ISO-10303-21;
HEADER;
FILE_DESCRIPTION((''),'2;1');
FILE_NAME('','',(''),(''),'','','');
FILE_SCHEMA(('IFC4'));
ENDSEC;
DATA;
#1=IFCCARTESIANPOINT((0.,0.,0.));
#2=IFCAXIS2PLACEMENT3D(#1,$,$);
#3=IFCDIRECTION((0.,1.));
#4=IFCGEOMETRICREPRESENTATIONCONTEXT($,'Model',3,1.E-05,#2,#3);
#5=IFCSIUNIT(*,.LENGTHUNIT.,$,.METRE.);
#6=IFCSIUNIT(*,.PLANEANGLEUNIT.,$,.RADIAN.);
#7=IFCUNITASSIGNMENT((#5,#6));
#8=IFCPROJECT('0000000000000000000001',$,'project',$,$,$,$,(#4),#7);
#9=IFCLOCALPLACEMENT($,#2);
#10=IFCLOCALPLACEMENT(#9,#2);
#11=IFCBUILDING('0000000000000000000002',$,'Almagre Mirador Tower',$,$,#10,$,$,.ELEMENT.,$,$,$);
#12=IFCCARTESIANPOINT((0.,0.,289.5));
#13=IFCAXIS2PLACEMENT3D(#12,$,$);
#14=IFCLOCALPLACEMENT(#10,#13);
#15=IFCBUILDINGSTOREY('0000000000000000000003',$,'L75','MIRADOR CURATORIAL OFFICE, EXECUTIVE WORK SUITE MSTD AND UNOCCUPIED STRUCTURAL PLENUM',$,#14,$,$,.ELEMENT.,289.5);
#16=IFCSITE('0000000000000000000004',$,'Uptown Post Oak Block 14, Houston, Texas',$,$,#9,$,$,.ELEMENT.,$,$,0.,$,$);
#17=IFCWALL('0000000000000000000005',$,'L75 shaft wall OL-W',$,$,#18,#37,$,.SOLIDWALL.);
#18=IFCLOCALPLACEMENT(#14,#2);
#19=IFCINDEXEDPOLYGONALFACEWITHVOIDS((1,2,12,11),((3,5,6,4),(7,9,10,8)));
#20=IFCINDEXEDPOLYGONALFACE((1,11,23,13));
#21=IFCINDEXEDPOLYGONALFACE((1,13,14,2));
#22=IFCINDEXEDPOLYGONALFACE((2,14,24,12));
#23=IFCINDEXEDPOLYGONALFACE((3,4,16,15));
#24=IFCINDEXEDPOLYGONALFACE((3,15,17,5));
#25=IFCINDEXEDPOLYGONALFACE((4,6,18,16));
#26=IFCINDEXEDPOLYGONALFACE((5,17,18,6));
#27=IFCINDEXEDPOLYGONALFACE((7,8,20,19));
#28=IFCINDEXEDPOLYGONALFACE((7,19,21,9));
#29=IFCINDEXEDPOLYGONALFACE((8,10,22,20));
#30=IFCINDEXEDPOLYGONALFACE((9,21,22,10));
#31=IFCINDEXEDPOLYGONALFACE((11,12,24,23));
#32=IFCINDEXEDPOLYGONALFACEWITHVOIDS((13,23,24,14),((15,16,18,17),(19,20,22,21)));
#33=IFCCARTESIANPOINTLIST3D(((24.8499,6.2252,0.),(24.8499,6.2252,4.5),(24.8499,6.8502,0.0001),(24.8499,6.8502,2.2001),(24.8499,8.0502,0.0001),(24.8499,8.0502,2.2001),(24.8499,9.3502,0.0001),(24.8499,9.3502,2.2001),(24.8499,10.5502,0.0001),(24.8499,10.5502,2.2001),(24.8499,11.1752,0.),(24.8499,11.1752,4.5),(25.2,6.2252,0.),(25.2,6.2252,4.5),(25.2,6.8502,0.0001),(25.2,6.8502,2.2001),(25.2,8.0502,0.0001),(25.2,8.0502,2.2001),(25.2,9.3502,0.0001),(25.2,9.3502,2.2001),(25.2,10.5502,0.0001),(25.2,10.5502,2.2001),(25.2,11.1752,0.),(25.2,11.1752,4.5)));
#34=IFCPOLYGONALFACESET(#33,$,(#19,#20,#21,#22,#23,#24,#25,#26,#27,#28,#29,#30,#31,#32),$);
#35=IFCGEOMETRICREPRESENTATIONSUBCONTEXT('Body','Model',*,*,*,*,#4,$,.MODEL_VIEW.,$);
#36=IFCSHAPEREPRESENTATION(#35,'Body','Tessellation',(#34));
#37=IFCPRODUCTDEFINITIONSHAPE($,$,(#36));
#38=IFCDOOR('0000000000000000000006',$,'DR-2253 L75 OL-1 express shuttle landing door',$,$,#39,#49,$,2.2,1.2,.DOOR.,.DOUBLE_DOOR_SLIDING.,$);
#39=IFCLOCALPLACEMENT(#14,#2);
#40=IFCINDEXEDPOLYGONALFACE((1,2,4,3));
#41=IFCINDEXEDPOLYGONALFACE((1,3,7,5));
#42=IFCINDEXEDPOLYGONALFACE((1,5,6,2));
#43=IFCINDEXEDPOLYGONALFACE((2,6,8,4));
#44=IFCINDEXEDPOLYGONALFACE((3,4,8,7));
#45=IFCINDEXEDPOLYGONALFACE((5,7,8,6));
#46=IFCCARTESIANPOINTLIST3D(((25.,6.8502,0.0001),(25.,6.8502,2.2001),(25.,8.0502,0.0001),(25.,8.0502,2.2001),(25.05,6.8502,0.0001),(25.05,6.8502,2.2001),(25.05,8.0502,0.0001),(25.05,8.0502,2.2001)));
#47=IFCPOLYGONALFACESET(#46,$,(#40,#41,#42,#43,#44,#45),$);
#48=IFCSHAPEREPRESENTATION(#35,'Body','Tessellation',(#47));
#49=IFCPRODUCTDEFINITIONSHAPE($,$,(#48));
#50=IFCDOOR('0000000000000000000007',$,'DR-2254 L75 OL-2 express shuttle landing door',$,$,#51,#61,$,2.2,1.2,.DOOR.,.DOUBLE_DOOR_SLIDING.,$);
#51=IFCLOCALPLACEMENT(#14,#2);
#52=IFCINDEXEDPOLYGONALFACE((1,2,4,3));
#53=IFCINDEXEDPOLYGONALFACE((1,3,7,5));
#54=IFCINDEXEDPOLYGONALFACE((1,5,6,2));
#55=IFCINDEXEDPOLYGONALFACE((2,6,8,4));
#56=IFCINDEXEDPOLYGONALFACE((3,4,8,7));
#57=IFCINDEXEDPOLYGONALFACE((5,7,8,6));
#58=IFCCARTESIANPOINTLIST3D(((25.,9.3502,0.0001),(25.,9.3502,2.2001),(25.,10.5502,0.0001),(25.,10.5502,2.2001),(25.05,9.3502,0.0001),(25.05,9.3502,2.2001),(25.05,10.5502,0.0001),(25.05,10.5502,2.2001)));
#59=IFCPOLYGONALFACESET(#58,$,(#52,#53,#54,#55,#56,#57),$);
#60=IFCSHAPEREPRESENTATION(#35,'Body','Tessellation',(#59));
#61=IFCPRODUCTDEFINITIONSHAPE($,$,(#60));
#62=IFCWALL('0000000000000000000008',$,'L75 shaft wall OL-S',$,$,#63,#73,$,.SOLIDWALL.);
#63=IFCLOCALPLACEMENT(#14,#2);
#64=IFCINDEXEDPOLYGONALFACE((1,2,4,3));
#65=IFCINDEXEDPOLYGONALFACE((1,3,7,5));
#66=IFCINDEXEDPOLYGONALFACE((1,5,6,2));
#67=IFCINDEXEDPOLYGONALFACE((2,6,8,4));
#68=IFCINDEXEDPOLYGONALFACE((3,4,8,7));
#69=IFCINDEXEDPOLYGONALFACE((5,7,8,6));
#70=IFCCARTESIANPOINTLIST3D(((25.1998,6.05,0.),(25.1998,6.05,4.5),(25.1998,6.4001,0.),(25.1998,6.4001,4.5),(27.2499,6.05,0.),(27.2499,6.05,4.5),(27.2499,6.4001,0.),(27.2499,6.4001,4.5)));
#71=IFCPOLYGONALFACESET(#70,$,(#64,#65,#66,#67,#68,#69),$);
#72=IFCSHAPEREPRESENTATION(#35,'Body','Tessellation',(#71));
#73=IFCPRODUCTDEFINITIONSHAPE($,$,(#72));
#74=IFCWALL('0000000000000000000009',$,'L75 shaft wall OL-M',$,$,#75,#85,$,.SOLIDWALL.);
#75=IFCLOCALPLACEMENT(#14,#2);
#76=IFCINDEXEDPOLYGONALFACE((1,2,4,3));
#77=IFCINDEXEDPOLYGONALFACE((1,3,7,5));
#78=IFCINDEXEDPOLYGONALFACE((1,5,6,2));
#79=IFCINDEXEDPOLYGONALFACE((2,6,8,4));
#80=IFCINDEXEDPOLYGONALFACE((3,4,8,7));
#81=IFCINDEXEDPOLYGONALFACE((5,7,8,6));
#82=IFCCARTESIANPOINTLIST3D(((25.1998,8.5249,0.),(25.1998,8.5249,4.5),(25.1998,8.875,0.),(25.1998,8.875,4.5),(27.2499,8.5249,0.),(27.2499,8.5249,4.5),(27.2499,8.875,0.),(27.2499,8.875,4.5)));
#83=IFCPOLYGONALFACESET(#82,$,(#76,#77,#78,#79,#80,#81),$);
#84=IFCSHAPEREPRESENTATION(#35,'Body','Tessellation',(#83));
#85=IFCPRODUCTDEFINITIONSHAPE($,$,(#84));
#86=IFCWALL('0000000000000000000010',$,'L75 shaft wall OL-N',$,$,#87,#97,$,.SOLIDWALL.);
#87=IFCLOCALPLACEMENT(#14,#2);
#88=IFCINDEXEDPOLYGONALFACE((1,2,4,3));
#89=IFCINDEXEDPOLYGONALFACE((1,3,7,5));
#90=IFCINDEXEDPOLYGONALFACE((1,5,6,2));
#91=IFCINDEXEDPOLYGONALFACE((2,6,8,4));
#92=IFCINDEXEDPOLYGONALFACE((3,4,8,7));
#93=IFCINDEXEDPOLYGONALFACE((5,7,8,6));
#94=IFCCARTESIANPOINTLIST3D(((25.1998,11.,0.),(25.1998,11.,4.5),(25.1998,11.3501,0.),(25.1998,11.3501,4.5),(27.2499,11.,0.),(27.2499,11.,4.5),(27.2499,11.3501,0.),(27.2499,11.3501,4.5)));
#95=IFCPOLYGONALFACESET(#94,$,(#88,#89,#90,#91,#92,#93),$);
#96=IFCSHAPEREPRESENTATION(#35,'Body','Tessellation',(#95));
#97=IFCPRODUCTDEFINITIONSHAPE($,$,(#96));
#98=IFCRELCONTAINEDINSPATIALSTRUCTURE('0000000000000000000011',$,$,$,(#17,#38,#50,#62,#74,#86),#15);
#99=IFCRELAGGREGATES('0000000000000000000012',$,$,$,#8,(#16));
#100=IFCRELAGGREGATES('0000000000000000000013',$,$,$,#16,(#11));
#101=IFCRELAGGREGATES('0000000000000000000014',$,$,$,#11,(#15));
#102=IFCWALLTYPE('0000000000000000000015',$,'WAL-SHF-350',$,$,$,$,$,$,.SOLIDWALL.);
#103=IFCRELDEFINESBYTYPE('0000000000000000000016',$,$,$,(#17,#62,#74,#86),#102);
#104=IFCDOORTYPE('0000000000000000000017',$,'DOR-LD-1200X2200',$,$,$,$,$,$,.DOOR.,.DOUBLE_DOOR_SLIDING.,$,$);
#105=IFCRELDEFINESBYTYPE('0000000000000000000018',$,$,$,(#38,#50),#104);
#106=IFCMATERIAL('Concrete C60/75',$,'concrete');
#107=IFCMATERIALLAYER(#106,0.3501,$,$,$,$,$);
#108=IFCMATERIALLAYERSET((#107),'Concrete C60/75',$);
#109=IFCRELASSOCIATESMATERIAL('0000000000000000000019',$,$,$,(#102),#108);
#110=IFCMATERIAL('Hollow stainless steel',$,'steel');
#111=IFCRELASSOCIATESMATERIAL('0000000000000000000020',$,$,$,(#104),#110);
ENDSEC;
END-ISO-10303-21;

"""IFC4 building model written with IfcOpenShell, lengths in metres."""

from ifc_helpers import new_model, si_unit, direction, frame, frame_2d, origin, place, context, subcontext, project, spatial, rectangle, extrude, material, layer, layer_set, type_object, element, fill, save


model = new_model("IFC4")

# Units and contexts
model_context = context("Model", 3, precision=1e-05, world=origin(), true_north=direction((0.0, 1.0)))
body_context = subcontext(model_context, "Body", "Model", "MODEL_VIEW")
ifc_project = project(units=[si_unit("LENGTHUNIT", "METRE"), si_unit("PLANEANGLEUNIT", "RADIAN")], contexts=[model_context])

# Site, building, storey
site_placement = place(None, origin())
site = spatial("IfcSite", under=ifc_project, at=site_placement, Name="Uptown Post Oak Block 14, Houston, Texas", CompositionType="ELEMENT", RefElevation=0.0)
building_placement = place(site_placement, origin())
building = spatial("IfcBuilding", under=site, at=building_placement, Name="Almagre Mirador Tower", CompositionType="ELEMENT")
storey_placement = place(building_placement, frame((0.0, 0.0, 289.5)))
storey = spatial("IfcBuildingStorey", under=building, at=storey_placement, Name="L75", Description="MIRADOR CURATORIAL OFFICE, EXECUTIVE WORK SUITE MSTD AND UNOCCUPIED STRUCTURAL PLENUM", CompositionType="ELEMENT", Elevation=289.5)

# Wall, openings, doors
ifc_material_1 = material(Name="Concrete C60/75", Category="concrete")
ifc_layer_1 = layer(ifc_material_1, 0.3501)
ifc_layer_set_1 = layer_set([ifc_layer_1], Name="Concrete C60/75")
wall_type_1 = type_object("IfcWallType", Name="WAL-SHF-350", PredefinedType="SOLIDWALL", material=ifc_layer_set_1)
wall_1_placement = place(storey_placement, frame((25.0249, 6.2251, 0.0), z_axis=(0.0, 0.0, 1.0), x_axis=(0.0, 1.0, 0.0)))
wall_1 = element("IfcWall", 1, at=wall_1_placement, inside=storey, type_object=wall_type_1, Name="L75 shaft wall OL-W", PredefinedType="SOLIDWALL", context=body_context, shape_type="SweptSolid", body=[
    extrude(rectangle(XDim=4.95, YDim=0.3501, at=frame_2d((2.4751, 0.0))), origin(), (0.0, 0.0, 1.0), 4.5),
])
opening_1_placement = place(wall_1_placement, frame((0.625, 0.0, 0.0)))
opening_1 = element("IfcOpeningElement", 2, at=opening_1_placement, cuts=wall_1, PredefinedType="OPENING", context=body_context, shape_type="SweptSolid", body=[
    extrude(rectangle(XDim=1.2, YDim=2.2, at=frame_2d((0.6001, 1.1001))), frame((0.0, 0.185, 0.0), z_axis=(0.0, -1.0, 0.0), x_axis=(1.0, 0.0, 0.0)), (0.0, 0.0, 1.0), 0.3701),
])
opening_2_placement = place(wall_1_placement, frame((3.125, 0.0, 0.0)))
opening_2 = element("IfcOpeningElement", 3, at=opening_2_placement, cuts=wall_1, PredefinedType="OPENING", context=body_context, shape_type="SweptSolid", body=[
    extrude(rectangle(XDim=1.2, YDim=2.2, at=frame_2d((0.6001, 1.1001))), frame((0.0, 0.185, 0.0), z_axis=(0.0, -1.0, 0.0), x_axis=(1.0, 0.0, 0.0)), (0.0, 0.0, 1.0), 0.3701),
])
ifc_material_2 = material(Name="Hollow stainless steel", Category="steel")
door_type_1 = type_object("IfcDoorType", Name="DOR-LD-1200X2200", OperationType="DOUBLE_DOOR_SLIDING", PredefinedType="DOOR", material=ifc_material_2)
door_1_placement = place(opening_1_placement, origin())
door_1 = element("IfcDoor", 4, at=door_1_placement, inside=storey, type_object=door_type_1, Name="DR-2253 L75 OL-1 express shuttle landing door", OperationType="DOUBLE_DOOR_SLIDING", OverallHeight=2.2, OverallWidth=1.2, PredefinedType="DOOR", context=body_context, shape_type="SweptSolid", body=[
    extrude(rectangle(XDim=1.2, YDim=2.2, at=frame_2d((0.6001, 1.1001))), frame((0.0, 0.0249, 0.0), z_axis=(0.0, -1.0, 0.0), x_axis=(1.0, 0.0, 0.0)), (0.0, 0.0, 1.0), 0.05),
])
fill(opening_1, door_1)
door_2_placement = place(opening_2_placement, origin())
door_2 = element("IfcDoor", 5, at=door_2_placement, inside=storey, type_object=door_type_1, Name="DR-2254 L75 OL-2 express shuttle landing door", OperationType="DOUBLE_DOOR_SLIDING", OverallHeight=2.2, OverallWidth=1.2, PredefinedType="DOOR", context=body_context, shape_type="SweptSolid", body=[
    extrude(rectangle(XDim=1.2, YDim=2.2, at=frame_2d((0.6001, 1.1001))), frame((0.0, 0.0249, 0.0), z_axis=(0.0, -1.0, 0.0), x_axis=(1.0, 0.0, 0.0)), (0.0, 0.0, 1.0), 0.05),
])
fill(opening_2, door_2)

# Walls
for number, where, z_axis, x_axis, name in (
    (6, (25.2, 6.2251, 0.0), (0.0, 0.0, 1.0), (1.0, 0.0, 0.0), "L75 shaft wall OL-S"),
    (7, (25.2, 8.7, 0.0), (0.0, 0.0, 1.0), (1.0, 0.0, 0.0), "L75 shaft wall OL-M"),
    (8, (25.2, 11.175, 0.0), (0.0, 0.0, 1.0), (1.0, 0.0, 0.0), "L75 shaft wall OL-N"),
):
    element("IfcWall", number, at=place(storey_placement, frame(where, z_axis=z_axis, x_axis=x_axis)), inside=storey, type_object=wall_type_1, Name=name, PredefinedType="SOLIDWALL", context=body_context, shape_type="SweptSolid", body=[
        extrude(rectangle(XDim=2.05, YDim=0.3501, at=frame_2d((1.0249, 0.0))), origin(), (0.0, 0.0, 1.0), 4.5),
    ])

save(model, "model.ifc")
